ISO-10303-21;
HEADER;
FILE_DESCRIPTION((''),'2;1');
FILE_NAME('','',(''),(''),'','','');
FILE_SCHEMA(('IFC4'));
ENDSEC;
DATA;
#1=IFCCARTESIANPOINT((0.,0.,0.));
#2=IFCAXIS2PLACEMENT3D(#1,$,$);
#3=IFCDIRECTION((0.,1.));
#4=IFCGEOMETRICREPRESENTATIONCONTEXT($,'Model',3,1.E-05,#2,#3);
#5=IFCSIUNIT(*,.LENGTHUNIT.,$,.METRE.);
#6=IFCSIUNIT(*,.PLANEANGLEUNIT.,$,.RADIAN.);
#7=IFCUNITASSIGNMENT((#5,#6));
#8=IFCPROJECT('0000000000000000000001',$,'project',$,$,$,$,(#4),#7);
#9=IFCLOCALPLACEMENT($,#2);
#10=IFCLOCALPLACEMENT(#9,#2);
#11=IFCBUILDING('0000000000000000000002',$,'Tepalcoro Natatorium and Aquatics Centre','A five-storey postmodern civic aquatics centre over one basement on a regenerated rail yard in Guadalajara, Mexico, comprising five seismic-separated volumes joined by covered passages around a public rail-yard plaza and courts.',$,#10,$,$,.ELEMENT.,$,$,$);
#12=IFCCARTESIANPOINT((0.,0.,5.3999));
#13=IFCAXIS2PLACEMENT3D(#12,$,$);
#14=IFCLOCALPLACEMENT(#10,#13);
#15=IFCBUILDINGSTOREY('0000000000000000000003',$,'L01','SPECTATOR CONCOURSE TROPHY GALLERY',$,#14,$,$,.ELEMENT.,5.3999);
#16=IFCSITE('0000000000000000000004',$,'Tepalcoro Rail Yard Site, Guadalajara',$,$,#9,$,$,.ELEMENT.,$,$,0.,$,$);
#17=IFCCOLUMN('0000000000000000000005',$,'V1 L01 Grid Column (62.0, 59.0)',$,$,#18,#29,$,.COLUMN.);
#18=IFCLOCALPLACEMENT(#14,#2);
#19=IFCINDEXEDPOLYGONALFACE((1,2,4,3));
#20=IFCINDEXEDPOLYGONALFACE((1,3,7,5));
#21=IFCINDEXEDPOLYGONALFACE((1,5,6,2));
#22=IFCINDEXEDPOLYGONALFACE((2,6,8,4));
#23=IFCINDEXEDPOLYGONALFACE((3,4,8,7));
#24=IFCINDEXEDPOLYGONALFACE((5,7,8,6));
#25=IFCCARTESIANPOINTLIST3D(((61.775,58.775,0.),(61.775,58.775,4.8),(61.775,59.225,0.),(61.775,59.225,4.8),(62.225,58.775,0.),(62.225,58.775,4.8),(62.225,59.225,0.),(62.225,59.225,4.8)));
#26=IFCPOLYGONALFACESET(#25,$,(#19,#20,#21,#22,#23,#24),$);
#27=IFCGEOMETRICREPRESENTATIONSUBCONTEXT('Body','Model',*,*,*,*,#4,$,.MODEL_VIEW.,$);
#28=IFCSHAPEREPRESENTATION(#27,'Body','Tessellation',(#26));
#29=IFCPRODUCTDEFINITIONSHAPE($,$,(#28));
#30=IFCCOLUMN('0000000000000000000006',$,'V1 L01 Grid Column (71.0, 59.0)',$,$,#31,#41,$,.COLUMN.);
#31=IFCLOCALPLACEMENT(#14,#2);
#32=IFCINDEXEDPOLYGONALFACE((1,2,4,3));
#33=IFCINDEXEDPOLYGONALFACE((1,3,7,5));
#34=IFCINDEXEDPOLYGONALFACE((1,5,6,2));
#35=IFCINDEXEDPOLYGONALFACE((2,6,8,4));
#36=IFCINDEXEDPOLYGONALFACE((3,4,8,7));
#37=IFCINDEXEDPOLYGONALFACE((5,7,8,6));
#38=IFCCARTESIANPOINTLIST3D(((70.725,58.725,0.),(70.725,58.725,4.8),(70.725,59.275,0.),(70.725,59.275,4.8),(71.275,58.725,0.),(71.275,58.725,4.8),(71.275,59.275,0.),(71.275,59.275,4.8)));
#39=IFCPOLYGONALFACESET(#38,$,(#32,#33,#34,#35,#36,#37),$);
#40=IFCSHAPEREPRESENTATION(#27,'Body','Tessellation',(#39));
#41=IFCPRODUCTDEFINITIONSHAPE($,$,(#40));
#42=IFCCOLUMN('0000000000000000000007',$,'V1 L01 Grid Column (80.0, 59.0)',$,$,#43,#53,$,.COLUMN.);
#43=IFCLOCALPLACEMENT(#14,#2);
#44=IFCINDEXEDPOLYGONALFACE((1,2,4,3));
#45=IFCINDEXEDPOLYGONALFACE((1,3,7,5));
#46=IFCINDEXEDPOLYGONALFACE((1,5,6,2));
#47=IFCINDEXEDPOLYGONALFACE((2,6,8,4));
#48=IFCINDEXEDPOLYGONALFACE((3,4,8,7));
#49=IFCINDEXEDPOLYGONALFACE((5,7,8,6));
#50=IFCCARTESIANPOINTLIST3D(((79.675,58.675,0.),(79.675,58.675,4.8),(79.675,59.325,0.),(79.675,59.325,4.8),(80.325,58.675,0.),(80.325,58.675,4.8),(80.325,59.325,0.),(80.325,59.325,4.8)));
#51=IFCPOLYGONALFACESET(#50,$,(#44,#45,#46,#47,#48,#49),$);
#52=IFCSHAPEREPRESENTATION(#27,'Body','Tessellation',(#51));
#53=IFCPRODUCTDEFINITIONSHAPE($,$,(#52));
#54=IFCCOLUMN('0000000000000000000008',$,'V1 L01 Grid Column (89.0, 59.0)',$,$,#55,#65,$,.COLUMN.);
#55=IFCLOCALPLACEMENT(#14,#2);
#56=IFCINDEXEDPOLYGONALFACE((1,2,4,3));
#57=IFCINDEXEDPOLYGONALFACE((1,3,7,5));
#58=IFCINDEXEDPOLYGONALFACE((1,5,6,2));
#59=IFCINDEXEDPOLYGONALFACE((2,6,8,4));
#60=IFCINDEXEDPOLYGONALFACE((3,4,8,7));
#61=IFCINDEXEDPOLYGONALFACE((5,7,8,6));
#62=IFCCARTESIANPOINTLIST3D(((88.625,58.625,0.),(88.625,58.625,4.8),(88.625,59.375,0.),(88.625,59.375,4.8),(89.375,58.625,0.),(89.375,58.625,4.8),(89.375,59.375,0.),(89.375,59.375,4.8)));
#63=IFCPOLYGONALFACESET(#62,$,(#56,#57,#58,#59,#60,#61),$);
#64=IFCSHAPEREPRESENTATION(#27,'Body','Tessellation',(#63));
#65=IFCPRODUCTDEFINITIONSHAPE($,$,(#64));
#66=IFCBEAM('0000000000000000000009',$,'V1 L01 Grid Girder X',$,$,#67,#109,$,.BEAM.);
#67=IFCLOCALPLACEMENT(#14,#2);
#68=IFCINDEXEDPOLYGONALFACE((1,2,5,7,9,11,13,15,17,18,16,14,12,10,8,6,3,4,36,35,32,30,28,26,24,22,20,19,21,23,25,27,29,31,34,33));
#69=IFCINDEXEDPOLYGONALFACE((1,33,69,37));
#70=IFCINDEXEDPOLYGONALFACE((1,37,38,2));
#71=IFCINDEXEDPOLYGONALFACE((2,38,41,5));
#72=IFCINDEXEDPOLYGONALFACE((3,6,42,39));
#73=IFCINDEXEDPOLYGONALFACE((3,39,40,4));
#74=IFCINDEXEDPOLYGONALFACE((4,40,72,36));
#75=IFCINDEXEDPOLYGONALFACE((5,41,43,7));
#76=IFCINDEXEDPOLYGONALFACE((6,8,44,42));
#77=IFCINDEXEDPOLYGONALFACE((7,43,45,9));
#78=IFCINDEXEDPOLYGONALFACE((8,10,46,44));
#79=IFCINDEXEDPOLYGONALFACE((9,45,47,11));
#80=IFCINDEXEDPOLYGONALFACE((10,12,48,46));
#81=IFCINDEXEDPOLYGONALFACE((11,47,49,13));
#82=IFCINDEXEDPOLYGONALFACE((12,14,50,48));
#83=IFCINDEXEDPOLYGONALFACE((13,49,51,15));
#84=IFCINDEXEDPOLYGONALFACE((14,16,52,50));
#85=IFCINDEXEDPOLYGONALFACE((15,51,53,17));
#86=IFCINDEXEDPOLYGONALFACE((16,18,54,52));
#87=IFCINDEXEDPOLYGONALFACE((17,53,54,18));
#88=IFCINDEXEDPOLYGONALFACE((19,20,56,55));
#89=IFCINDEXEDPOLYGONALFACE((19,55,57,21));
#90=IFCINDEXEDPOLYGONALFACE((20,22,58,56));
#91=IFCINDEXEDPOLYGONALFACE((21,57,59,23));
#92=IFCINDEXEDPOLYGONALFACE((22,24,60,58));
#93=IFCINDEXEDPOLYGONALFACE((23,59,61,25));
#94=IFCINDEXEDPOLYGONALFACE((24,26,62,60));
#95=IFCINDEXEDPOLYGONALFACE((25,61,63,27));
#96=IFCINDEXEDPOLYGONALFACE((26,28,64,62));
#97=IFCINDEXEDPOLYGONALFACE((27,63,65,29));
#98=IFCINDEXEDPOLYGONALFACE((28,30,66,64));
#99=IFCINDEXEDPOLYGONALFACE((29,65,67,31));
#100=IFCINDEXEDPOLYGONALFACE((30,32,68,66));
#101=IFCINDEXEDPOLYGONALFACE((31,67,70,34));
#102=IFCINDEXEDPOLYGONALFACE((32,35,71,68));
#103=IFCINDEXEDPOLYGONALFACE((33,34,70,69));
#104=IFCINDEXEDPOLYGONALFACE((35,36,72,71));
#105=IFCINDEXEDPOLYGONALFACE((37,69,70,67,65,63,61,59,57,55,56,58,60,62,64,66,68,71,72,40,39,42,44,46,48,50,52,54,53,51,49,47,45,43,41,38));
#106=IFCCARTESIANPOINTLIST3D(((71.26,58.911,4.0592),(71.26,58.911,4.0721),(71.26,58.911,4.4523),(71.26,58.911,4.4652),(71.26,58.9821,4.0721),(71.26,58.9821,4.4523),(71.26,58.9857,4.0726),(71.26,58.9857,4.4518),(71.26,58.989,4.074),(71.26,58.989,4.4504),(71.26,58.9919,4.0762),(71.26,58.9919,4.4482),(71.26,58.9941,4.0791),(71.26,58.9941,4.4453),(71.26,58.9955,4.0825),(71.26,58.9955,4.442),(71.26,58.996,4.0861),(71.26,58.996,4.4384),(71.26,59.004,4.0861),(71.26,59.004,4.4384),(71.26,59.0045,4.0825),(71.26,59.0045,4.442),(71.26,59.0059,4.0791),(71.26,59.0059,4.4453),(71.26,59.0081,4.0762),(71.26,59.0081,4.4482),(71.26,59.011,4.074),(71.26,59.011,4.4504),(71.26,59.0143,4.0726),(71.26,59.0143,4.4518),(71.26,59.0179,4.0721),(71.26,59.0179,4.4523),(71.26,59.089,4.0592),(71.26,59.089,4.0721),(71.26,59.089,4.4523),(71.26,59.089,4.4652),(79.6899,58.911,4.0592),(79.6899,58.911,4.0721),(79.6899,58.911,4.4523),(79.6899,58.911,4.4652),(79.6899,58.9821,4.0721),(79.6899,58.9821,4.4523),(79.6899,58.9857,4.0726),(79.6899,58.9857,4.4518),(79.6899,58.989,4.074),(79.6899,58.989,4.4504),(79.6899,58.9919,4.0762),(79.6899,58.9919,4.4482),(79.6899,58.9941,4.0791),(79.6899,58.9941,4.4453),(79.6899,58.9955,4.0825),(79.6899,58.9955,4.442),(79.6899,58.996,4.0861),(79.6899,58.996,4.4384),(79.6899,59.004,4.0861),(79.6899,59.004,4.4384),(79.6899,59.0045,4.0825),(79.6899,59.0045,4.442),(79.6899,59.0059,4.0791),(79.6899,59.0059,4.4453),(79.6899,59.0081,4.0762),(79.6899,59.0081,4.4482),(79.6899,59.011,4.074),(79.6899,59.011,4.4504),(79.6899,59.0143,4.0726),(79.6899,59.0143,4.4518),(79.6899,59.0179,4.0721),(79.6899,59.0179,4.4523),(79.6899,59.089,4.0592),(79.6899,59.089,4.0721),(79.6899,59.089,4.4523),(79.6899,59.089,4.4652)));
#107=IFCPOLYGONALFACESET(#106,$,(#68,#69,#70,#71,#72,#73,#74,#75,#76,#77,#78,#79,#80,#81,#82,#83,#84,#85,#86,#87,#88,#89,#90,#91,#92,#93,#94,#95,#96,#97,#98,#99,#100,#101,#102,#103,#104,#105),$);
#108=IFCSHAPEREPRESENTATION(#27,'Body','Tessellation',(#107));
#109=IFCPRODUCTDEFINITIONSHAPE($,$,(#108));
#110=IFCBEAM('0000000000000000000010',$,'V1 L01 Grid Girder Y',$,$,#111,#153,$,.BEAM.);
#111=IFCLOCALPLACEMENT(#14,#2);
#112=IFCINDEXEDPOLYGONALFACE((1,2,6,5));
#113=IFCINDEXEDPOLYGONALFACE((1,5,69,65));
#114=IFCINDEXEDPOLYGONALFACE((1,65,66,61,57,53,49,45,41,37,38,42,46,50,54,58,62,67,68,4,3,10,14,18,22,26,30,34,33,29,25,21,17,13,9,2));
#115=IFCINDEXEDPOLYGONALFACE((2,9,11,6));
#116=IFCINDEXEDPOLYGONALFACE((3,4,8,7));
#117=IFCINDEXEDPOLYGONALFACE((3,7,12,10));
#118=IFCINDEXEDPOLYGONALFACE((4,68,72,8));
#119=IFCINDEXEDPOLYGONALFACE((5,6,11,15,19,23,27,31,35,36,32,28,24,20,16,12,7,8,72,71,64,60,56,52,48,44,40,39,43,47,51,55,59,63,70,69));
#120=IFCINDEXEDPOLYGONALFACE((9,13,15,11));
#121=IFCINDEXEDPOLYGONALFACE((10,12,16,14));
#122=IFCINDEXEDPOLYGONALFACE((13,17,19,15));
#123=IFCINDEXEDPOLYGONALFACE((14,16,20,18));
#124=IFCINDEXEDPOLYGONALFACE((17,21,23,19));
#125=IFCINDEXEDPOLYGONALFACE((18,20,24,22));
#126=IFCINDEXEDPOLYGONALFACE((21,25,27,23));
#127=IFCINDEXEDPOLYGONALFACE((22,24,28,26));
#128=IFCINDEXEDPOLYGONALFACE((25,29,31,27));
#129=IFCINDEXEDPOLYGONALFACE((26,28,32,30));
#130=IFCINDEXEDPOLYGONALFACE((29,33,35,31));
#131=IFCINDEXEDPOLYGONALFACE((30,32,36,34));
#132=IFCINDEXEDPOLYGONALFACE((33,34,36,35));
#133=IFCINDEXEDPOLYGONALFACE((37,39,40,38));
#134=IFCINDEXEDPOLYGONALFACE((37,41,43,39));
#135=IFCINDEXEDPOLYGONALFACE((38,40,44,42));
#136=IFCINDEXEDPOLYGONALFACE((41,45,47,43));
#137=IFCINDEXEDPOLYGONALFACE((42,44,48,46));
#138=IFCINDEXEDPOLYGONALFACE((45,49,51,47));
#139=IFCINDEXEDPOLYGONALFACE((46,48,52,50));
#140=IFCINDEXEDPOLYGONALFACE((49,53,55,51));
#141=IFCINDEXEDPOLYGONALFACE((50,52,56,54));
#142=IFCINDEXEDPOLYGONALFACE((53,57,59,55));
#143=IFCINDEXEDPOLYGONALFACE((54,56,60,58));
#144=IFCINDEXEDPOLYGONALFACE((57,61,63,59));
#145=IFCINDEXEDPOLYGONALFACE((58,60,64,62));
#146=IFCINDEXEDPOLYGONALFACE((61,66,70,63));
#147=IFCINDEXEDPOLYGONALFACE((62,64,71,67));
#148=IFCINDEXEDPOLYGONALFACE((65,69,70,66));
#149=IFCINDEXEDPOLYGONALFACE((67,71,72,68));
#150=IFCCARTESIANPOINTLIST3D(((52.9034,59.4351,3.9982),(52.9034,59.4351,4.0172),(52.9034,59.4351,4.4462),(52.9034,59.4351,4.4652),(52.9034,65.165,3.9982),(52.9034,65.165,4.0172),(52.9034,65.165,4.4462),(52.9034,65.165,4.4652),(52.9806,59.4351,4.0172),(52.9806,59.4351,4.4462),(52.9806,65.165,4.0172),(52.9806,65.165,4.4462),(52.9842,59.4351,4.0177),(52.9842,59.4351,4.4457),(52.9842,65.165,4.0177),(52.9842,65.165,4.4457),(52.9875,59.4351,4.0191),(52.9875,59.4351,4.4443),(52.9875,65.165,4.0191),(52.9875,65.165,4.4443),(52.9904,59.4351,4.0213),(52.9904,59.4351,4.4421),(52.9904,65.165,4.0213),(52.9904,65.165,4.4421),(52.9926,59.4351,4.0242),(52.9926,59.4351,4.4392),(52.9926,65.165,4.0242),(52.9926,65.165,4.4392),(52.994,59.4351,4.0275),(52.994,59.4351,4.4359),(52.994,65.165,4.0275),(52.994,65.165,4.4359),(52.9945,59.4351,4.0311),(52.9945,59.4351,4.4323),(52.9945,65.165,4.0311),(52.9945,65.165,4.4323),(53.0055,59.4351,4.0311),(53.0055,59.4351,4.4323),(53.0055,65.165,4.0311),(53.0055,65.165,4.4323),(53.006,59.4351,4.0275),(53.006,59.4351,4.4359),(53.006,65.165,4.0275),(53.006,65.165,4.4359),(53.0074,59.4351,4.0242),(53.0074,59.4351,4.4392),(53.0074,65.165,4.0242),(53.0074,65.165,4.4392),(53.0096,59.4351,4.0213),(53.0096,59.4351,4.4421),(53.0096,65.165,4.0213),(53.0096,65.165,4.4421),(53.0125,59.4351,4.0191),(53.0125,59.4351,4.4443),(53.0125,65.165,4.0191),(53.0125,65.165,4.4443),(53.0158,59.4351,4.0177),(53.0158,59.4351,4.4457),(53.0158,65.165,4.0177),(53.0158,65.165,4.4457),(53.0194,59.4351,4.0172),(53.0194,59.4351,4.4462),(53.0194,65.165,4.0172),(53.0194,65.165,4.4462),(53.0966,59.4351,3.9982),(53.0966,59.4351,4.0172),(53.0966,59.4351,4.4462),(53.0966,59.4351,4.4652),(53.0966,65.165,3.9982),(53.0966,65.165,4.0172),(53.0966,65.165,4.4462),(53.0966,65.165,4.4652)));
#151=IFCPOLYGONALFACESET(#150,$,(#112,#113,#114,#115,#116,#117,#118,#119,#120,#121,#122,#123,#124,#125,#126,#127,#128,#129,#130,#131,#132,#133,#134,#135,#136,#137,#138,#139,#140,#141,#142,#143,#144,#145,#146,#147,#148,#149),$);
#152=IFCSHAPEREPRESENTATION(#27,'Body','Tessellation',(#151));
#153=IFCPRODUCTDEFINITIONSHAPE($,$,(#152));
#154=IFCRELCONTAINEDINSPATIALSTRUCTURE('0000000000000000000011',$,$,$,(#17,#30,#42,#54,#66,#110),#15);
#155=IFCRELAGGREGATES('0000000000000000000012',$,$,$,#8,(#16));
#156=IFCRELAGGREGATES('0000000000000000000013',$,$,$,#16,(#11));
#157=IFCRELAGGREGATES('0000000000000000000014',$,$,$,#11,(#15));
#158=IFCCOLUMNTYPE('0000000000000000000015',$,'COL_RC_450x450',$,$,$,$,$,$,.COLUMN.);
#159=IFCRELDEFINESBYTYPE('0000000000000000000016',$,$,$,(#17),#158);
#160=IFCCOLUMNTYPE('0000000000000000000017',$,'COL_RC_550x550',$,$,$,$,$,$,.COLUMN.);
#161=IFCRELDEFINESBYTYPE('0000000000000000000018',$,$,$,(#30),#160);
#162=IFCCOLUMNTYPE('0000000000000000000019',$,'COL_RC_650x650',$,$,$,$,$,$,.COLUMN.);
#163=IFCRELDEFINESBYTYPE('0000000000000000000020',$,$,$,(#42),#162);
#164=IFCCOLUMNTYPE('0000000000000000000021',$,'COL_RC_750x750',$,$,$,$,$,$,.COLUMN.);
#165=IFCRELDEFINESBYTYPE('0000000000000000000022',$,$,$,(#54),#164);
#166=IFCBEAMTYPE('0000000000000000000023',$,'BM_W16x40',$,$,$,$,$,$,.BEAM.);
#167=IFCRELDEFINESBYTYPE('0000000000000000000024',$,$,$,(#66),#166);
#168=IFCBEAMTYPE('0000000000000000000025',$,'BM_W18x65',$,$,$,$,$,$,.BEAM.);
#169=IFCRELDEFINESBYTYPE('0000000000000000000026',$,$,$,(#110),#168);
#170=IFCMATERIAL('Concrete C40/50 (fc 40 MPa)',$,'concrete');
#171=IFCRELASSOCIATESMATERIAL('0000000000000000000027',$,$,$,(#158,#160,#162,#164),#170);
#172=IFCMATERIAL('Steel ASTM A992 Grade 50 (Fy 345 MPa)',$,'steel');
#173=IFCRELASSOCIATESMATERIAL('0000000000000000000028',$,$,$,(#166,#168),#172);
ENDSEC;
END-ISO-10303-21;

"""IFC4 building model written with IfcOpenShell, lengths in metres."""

from ifc_helpers import new_model, si_unit, direction, frame, origin, origin_2d, place, context, subcontext, project, spatial, rectangle, i_section, extrude, material, material_profile, profile_set, type_object, element, save


model = new_model("IFC4")

# Units and contexts
model_context = context("Model", 3, precision=1e-05, world=origin(), true_north=direction((0.0, 1.0)))
body_context = subcontext(model_context, "Body", "Model", "MODEL_VIEW")
ifc_project = project(units=[si_unit("LENGTHUNIT", "METRE"), si_unit("PLANEANGLEUNIT", "RADIAN")], contexts=[model_context])

# Site, building, storey
site_placement = place(None, origin())
site = spatial("IfcSite", under=ifc_project, at=site_placement, Name="Tepalcoro Rail Yard Site, Guadalajara", CompositionType="ELEMENT", RefElevation=0.0)
building_placement = place(site_placement, origin())
building = spatial("IfcBuilding", under=site, at=building_placement, Name="Tepalcoro Natatorium and Aquatics Centre", Description="A five-storey postmodern civic aquatics centre over one basement on a regenerated rail yard in Guadalajara, Mexico, comprising five seismic-separated volumes joined by covered passages around a public rail-yard plaza and courts.", CompositionType="ELEMENT")
storey_placement = place(building_placement, frame((0.0, 0.0, 5.3999)))
storey = spatial("IfcBuildingStorey", under=building, at=storey_placement, Name="L01", Description="SPECTATOR CONCOURSE TROPHY GALLERY", CompositionType="ELEMENT", Elevation=5.3999)

# Columns
ifc_material_1 = material(Name="Concrete C40/50 (fc 40 MPa)", Category="concrete")
ifc_material_profile_1 = material_profile(ifc_material_1, rectangle(XDim=0.45, YDim=0.45, at=origin_2d()), Name="RC450x450")
ifc_profile_set_1 = profile_set([ifc_material_profile_1], Name="Concrete C40/50 (fc 40 MPa)")
column_type_1 = type_object("IfcColumnType", Name="COL_RC_450x450", PredefinedType="COLUMN", material=ifc_profile_set_1)
column_1_placement = place(storey_placement, frame((62.0, 59.0, 0.0), z_axis=(0.0, 0.0, 1.0), x_axis=(1.0, 0.0, 0.0)))
element("IfcColumn", 1, at=column_1_placement, inside=storey, type_object=column_type_1, Name="V1 L01 Grid Column (62.0, 59.0)", PredefinedType="COLUMN", context=body_context, shape_type="SweptSolid", body=[
    extrude(rectangle(XDim=0.45, YDim=0.45, at=origin_2d()), origin(), (0.0, 0.0, 1.0), 4.8),
])
ifc_material_profile_2 = material_profile(ifc_material_1, rectangle(XDim=0.55, YDim=0.55, at=origin_2d()), Name="RC550x550")
ifc_profile_set_2 = profile_set([ifc_material_profile_2], Name="Concrete C40/50 (fc 40 MPa)")
column_type_2 = type_object("IfcColumnType", Name="COL_RC_550x550", PredefinedType="COLUMN", material=ifc_profile_set_2)
column_2_placement = place(storey_placement, frame((71.0, 59.0, 0.0), z_axis=(0.0, 0.0, 1.0), x_axis=(1.0, 0.0, 0.0)))
element("IfcColumn", 2, at=column_2_placement, inside=storey, type_object=column_type_2, Name="V1 L01 Grid Column (71.0, 59.0)", PredefinedType="COLUMN", context=body_context, shape_type="SweptSolid", body=[
    extrude(rectangle(XDim=0.55, YDim=0.55, at=origin_2d()), origin(), (0.0, 0.0, 1.0), 4.8),
])
ifc_material_profile_3 = material_profile(ifc_material_1, rectangle(XDim=0.6499, YDim=0.6499, at=origin_2d()), Name="RC650x650")
ifc_profile_set_3 = profile_set([ifc_material_profile_3], Name="Concrete C40/50 (fc 40 MPa)")
column_type_3 = type_object("IfcColumnType", Name="COL_RC_650x650", PredefinedType="COLUMN", material=ifc_profile_set_3)
column_3_placement = place(storey_placement, frame((80.0, 59.0, 0.0), z_axis=(0.0, 0.0, 1.0), x_axis=(1.0, 0.0, 0.0)))
element("IfcColumn", 3, at=column_3_placement, inside=storey, type_object=column_type_3, Name="V1 L01 Grid Column (80.0, 59.0)", PredefinedType="COLUMN", context=body_context, shape_type="SweptSolid", body=[
    extrude(rectangle(XDim=0.6499, YDim=0.6499, at=origin_2d()), origin(), (0.0, 0.0, 1.0), 4.8),
])
ifc_material_profile_4 = material_profile(ifc_material_1, rectangle(XDim=0.75, YDim=0.75, at=origin_2d()), Name="RC750x750")
ifc_profile_set_4 = profile_set([ifc_material_profile_4], Name="Concrete C40/50 (fc 40 MPa)")
column_type_4 = type_object("IfcColumnType", Name="COL_RC_750x750", PredefinedType="COLUMN", material=ifc_profile_set_4)
column_4_placement = place(storey_placement, frame((89.0, 59.0, 0.0), z_axis=(0.0, 0.0, 1.0), x_axis=(1.0, 0.0, 0.0)))
element("IfcColumn", 4, at=column_4_placement, inside=storey, type_object=column_type_4, Name="V1 L01 Grid Column (89.0, 59.0)", PredefinedType="COLUMN", context=body_context, shape_type="SweptSolid", body=[
    extrude(rectangle(XDim=0.75, YDim=0.75, at=origin_2d()), origin(), (0.0, 0.0, 1.0), 4.8),
])

# Beams
ifc_material_2 = material(Name="Steel ASTM A992 Grade 50 (Fy 345 MPa)", Category="steel")
ifc_material_profile_5 = material_profile(ifc_material_2, i_section(OverallWidth=0.178, OverallDepth=0.406, WebThickness=0.0081, FlangeThickness=0.0129, FilletRadius=0.0139, at=origin_2d()), Name="W16X40")
ifc_profile_set_5 = profile_set([ifc_material_profile_5], Name="Steel ASTM A992 Grade 50 (Fy 345 MPa)")
beam_type_1 = type_object("IfcBeamType", Name="BM_W16x40", PredefinedType="BEAM", material=ifc_profile_set_5)
beam_1_placement = place(storey_placement, frame((71.26, 59.0, 4.2622), z_axis=(1.0, 0.0, 0.0), x_axis=(0.0, 1.0, 0.0)))
element("IfcBeam", 5, at=beam_1_placement, inside=storey, type_object=beam_type_1, Name="V1 L01 Grid Girder X", PredefinedType="BEAM", context=body_context, shape_type="SweptSolid", body=[
    extrude(i_section(OverallWidth=0.178, OverallDepth=0.406, WebThickness=0.0081, FlangeThickness=0.0129, FilletRadius=0.0139, at=origin_2d()), origin(), (0.0, 0.0, 1.0), 8.4299),
])
ifc_material_profile_6 = material_profile(ifc_material_2, i_section(OverallWidth=0.1931, OverallDepth=0.467, WebThickness=0.011, FlangeThickness=0.019, FilletRadius=0.0139, at=origin_2d()), Name="W18X65")
ifc_profile_set_6 = profile_set([ifc_material_profile_6], Name="Steel ASTM A992 Grade 50 (Fy 345 MPa)")
beam_type_2 = type_object("IfcBeamType", Name="BM_W18x65", PredefinedType="BEAM", material=ifc_profile_set_6)
beam_2_placement = place(storey_placement, frame((53.0, 59.4351, 4.2317), z_axis=(0.0, 1.0, 0.0), x_axis=(-1.0, 0.0, 0.0)))
element("IfcBeam", 6, at=beam_2_placement, inside=storey, type_object=beam_type_2, Name="V1 L01 Grid Girder Y", PredefinedType="BEAM", context=body_context, shape_type="SweptSolid", body=[
    extrude(i_section(OverallWidth=0.1931, OverallDepth=0.467, WebThickness=0.011, FlangeThickness=0.019, FilletRadius=0.0139, at=origin_2d()), origin(), (0.0, 0.0, 1.0), 5.73),
])

save(model, "model.ifc")
